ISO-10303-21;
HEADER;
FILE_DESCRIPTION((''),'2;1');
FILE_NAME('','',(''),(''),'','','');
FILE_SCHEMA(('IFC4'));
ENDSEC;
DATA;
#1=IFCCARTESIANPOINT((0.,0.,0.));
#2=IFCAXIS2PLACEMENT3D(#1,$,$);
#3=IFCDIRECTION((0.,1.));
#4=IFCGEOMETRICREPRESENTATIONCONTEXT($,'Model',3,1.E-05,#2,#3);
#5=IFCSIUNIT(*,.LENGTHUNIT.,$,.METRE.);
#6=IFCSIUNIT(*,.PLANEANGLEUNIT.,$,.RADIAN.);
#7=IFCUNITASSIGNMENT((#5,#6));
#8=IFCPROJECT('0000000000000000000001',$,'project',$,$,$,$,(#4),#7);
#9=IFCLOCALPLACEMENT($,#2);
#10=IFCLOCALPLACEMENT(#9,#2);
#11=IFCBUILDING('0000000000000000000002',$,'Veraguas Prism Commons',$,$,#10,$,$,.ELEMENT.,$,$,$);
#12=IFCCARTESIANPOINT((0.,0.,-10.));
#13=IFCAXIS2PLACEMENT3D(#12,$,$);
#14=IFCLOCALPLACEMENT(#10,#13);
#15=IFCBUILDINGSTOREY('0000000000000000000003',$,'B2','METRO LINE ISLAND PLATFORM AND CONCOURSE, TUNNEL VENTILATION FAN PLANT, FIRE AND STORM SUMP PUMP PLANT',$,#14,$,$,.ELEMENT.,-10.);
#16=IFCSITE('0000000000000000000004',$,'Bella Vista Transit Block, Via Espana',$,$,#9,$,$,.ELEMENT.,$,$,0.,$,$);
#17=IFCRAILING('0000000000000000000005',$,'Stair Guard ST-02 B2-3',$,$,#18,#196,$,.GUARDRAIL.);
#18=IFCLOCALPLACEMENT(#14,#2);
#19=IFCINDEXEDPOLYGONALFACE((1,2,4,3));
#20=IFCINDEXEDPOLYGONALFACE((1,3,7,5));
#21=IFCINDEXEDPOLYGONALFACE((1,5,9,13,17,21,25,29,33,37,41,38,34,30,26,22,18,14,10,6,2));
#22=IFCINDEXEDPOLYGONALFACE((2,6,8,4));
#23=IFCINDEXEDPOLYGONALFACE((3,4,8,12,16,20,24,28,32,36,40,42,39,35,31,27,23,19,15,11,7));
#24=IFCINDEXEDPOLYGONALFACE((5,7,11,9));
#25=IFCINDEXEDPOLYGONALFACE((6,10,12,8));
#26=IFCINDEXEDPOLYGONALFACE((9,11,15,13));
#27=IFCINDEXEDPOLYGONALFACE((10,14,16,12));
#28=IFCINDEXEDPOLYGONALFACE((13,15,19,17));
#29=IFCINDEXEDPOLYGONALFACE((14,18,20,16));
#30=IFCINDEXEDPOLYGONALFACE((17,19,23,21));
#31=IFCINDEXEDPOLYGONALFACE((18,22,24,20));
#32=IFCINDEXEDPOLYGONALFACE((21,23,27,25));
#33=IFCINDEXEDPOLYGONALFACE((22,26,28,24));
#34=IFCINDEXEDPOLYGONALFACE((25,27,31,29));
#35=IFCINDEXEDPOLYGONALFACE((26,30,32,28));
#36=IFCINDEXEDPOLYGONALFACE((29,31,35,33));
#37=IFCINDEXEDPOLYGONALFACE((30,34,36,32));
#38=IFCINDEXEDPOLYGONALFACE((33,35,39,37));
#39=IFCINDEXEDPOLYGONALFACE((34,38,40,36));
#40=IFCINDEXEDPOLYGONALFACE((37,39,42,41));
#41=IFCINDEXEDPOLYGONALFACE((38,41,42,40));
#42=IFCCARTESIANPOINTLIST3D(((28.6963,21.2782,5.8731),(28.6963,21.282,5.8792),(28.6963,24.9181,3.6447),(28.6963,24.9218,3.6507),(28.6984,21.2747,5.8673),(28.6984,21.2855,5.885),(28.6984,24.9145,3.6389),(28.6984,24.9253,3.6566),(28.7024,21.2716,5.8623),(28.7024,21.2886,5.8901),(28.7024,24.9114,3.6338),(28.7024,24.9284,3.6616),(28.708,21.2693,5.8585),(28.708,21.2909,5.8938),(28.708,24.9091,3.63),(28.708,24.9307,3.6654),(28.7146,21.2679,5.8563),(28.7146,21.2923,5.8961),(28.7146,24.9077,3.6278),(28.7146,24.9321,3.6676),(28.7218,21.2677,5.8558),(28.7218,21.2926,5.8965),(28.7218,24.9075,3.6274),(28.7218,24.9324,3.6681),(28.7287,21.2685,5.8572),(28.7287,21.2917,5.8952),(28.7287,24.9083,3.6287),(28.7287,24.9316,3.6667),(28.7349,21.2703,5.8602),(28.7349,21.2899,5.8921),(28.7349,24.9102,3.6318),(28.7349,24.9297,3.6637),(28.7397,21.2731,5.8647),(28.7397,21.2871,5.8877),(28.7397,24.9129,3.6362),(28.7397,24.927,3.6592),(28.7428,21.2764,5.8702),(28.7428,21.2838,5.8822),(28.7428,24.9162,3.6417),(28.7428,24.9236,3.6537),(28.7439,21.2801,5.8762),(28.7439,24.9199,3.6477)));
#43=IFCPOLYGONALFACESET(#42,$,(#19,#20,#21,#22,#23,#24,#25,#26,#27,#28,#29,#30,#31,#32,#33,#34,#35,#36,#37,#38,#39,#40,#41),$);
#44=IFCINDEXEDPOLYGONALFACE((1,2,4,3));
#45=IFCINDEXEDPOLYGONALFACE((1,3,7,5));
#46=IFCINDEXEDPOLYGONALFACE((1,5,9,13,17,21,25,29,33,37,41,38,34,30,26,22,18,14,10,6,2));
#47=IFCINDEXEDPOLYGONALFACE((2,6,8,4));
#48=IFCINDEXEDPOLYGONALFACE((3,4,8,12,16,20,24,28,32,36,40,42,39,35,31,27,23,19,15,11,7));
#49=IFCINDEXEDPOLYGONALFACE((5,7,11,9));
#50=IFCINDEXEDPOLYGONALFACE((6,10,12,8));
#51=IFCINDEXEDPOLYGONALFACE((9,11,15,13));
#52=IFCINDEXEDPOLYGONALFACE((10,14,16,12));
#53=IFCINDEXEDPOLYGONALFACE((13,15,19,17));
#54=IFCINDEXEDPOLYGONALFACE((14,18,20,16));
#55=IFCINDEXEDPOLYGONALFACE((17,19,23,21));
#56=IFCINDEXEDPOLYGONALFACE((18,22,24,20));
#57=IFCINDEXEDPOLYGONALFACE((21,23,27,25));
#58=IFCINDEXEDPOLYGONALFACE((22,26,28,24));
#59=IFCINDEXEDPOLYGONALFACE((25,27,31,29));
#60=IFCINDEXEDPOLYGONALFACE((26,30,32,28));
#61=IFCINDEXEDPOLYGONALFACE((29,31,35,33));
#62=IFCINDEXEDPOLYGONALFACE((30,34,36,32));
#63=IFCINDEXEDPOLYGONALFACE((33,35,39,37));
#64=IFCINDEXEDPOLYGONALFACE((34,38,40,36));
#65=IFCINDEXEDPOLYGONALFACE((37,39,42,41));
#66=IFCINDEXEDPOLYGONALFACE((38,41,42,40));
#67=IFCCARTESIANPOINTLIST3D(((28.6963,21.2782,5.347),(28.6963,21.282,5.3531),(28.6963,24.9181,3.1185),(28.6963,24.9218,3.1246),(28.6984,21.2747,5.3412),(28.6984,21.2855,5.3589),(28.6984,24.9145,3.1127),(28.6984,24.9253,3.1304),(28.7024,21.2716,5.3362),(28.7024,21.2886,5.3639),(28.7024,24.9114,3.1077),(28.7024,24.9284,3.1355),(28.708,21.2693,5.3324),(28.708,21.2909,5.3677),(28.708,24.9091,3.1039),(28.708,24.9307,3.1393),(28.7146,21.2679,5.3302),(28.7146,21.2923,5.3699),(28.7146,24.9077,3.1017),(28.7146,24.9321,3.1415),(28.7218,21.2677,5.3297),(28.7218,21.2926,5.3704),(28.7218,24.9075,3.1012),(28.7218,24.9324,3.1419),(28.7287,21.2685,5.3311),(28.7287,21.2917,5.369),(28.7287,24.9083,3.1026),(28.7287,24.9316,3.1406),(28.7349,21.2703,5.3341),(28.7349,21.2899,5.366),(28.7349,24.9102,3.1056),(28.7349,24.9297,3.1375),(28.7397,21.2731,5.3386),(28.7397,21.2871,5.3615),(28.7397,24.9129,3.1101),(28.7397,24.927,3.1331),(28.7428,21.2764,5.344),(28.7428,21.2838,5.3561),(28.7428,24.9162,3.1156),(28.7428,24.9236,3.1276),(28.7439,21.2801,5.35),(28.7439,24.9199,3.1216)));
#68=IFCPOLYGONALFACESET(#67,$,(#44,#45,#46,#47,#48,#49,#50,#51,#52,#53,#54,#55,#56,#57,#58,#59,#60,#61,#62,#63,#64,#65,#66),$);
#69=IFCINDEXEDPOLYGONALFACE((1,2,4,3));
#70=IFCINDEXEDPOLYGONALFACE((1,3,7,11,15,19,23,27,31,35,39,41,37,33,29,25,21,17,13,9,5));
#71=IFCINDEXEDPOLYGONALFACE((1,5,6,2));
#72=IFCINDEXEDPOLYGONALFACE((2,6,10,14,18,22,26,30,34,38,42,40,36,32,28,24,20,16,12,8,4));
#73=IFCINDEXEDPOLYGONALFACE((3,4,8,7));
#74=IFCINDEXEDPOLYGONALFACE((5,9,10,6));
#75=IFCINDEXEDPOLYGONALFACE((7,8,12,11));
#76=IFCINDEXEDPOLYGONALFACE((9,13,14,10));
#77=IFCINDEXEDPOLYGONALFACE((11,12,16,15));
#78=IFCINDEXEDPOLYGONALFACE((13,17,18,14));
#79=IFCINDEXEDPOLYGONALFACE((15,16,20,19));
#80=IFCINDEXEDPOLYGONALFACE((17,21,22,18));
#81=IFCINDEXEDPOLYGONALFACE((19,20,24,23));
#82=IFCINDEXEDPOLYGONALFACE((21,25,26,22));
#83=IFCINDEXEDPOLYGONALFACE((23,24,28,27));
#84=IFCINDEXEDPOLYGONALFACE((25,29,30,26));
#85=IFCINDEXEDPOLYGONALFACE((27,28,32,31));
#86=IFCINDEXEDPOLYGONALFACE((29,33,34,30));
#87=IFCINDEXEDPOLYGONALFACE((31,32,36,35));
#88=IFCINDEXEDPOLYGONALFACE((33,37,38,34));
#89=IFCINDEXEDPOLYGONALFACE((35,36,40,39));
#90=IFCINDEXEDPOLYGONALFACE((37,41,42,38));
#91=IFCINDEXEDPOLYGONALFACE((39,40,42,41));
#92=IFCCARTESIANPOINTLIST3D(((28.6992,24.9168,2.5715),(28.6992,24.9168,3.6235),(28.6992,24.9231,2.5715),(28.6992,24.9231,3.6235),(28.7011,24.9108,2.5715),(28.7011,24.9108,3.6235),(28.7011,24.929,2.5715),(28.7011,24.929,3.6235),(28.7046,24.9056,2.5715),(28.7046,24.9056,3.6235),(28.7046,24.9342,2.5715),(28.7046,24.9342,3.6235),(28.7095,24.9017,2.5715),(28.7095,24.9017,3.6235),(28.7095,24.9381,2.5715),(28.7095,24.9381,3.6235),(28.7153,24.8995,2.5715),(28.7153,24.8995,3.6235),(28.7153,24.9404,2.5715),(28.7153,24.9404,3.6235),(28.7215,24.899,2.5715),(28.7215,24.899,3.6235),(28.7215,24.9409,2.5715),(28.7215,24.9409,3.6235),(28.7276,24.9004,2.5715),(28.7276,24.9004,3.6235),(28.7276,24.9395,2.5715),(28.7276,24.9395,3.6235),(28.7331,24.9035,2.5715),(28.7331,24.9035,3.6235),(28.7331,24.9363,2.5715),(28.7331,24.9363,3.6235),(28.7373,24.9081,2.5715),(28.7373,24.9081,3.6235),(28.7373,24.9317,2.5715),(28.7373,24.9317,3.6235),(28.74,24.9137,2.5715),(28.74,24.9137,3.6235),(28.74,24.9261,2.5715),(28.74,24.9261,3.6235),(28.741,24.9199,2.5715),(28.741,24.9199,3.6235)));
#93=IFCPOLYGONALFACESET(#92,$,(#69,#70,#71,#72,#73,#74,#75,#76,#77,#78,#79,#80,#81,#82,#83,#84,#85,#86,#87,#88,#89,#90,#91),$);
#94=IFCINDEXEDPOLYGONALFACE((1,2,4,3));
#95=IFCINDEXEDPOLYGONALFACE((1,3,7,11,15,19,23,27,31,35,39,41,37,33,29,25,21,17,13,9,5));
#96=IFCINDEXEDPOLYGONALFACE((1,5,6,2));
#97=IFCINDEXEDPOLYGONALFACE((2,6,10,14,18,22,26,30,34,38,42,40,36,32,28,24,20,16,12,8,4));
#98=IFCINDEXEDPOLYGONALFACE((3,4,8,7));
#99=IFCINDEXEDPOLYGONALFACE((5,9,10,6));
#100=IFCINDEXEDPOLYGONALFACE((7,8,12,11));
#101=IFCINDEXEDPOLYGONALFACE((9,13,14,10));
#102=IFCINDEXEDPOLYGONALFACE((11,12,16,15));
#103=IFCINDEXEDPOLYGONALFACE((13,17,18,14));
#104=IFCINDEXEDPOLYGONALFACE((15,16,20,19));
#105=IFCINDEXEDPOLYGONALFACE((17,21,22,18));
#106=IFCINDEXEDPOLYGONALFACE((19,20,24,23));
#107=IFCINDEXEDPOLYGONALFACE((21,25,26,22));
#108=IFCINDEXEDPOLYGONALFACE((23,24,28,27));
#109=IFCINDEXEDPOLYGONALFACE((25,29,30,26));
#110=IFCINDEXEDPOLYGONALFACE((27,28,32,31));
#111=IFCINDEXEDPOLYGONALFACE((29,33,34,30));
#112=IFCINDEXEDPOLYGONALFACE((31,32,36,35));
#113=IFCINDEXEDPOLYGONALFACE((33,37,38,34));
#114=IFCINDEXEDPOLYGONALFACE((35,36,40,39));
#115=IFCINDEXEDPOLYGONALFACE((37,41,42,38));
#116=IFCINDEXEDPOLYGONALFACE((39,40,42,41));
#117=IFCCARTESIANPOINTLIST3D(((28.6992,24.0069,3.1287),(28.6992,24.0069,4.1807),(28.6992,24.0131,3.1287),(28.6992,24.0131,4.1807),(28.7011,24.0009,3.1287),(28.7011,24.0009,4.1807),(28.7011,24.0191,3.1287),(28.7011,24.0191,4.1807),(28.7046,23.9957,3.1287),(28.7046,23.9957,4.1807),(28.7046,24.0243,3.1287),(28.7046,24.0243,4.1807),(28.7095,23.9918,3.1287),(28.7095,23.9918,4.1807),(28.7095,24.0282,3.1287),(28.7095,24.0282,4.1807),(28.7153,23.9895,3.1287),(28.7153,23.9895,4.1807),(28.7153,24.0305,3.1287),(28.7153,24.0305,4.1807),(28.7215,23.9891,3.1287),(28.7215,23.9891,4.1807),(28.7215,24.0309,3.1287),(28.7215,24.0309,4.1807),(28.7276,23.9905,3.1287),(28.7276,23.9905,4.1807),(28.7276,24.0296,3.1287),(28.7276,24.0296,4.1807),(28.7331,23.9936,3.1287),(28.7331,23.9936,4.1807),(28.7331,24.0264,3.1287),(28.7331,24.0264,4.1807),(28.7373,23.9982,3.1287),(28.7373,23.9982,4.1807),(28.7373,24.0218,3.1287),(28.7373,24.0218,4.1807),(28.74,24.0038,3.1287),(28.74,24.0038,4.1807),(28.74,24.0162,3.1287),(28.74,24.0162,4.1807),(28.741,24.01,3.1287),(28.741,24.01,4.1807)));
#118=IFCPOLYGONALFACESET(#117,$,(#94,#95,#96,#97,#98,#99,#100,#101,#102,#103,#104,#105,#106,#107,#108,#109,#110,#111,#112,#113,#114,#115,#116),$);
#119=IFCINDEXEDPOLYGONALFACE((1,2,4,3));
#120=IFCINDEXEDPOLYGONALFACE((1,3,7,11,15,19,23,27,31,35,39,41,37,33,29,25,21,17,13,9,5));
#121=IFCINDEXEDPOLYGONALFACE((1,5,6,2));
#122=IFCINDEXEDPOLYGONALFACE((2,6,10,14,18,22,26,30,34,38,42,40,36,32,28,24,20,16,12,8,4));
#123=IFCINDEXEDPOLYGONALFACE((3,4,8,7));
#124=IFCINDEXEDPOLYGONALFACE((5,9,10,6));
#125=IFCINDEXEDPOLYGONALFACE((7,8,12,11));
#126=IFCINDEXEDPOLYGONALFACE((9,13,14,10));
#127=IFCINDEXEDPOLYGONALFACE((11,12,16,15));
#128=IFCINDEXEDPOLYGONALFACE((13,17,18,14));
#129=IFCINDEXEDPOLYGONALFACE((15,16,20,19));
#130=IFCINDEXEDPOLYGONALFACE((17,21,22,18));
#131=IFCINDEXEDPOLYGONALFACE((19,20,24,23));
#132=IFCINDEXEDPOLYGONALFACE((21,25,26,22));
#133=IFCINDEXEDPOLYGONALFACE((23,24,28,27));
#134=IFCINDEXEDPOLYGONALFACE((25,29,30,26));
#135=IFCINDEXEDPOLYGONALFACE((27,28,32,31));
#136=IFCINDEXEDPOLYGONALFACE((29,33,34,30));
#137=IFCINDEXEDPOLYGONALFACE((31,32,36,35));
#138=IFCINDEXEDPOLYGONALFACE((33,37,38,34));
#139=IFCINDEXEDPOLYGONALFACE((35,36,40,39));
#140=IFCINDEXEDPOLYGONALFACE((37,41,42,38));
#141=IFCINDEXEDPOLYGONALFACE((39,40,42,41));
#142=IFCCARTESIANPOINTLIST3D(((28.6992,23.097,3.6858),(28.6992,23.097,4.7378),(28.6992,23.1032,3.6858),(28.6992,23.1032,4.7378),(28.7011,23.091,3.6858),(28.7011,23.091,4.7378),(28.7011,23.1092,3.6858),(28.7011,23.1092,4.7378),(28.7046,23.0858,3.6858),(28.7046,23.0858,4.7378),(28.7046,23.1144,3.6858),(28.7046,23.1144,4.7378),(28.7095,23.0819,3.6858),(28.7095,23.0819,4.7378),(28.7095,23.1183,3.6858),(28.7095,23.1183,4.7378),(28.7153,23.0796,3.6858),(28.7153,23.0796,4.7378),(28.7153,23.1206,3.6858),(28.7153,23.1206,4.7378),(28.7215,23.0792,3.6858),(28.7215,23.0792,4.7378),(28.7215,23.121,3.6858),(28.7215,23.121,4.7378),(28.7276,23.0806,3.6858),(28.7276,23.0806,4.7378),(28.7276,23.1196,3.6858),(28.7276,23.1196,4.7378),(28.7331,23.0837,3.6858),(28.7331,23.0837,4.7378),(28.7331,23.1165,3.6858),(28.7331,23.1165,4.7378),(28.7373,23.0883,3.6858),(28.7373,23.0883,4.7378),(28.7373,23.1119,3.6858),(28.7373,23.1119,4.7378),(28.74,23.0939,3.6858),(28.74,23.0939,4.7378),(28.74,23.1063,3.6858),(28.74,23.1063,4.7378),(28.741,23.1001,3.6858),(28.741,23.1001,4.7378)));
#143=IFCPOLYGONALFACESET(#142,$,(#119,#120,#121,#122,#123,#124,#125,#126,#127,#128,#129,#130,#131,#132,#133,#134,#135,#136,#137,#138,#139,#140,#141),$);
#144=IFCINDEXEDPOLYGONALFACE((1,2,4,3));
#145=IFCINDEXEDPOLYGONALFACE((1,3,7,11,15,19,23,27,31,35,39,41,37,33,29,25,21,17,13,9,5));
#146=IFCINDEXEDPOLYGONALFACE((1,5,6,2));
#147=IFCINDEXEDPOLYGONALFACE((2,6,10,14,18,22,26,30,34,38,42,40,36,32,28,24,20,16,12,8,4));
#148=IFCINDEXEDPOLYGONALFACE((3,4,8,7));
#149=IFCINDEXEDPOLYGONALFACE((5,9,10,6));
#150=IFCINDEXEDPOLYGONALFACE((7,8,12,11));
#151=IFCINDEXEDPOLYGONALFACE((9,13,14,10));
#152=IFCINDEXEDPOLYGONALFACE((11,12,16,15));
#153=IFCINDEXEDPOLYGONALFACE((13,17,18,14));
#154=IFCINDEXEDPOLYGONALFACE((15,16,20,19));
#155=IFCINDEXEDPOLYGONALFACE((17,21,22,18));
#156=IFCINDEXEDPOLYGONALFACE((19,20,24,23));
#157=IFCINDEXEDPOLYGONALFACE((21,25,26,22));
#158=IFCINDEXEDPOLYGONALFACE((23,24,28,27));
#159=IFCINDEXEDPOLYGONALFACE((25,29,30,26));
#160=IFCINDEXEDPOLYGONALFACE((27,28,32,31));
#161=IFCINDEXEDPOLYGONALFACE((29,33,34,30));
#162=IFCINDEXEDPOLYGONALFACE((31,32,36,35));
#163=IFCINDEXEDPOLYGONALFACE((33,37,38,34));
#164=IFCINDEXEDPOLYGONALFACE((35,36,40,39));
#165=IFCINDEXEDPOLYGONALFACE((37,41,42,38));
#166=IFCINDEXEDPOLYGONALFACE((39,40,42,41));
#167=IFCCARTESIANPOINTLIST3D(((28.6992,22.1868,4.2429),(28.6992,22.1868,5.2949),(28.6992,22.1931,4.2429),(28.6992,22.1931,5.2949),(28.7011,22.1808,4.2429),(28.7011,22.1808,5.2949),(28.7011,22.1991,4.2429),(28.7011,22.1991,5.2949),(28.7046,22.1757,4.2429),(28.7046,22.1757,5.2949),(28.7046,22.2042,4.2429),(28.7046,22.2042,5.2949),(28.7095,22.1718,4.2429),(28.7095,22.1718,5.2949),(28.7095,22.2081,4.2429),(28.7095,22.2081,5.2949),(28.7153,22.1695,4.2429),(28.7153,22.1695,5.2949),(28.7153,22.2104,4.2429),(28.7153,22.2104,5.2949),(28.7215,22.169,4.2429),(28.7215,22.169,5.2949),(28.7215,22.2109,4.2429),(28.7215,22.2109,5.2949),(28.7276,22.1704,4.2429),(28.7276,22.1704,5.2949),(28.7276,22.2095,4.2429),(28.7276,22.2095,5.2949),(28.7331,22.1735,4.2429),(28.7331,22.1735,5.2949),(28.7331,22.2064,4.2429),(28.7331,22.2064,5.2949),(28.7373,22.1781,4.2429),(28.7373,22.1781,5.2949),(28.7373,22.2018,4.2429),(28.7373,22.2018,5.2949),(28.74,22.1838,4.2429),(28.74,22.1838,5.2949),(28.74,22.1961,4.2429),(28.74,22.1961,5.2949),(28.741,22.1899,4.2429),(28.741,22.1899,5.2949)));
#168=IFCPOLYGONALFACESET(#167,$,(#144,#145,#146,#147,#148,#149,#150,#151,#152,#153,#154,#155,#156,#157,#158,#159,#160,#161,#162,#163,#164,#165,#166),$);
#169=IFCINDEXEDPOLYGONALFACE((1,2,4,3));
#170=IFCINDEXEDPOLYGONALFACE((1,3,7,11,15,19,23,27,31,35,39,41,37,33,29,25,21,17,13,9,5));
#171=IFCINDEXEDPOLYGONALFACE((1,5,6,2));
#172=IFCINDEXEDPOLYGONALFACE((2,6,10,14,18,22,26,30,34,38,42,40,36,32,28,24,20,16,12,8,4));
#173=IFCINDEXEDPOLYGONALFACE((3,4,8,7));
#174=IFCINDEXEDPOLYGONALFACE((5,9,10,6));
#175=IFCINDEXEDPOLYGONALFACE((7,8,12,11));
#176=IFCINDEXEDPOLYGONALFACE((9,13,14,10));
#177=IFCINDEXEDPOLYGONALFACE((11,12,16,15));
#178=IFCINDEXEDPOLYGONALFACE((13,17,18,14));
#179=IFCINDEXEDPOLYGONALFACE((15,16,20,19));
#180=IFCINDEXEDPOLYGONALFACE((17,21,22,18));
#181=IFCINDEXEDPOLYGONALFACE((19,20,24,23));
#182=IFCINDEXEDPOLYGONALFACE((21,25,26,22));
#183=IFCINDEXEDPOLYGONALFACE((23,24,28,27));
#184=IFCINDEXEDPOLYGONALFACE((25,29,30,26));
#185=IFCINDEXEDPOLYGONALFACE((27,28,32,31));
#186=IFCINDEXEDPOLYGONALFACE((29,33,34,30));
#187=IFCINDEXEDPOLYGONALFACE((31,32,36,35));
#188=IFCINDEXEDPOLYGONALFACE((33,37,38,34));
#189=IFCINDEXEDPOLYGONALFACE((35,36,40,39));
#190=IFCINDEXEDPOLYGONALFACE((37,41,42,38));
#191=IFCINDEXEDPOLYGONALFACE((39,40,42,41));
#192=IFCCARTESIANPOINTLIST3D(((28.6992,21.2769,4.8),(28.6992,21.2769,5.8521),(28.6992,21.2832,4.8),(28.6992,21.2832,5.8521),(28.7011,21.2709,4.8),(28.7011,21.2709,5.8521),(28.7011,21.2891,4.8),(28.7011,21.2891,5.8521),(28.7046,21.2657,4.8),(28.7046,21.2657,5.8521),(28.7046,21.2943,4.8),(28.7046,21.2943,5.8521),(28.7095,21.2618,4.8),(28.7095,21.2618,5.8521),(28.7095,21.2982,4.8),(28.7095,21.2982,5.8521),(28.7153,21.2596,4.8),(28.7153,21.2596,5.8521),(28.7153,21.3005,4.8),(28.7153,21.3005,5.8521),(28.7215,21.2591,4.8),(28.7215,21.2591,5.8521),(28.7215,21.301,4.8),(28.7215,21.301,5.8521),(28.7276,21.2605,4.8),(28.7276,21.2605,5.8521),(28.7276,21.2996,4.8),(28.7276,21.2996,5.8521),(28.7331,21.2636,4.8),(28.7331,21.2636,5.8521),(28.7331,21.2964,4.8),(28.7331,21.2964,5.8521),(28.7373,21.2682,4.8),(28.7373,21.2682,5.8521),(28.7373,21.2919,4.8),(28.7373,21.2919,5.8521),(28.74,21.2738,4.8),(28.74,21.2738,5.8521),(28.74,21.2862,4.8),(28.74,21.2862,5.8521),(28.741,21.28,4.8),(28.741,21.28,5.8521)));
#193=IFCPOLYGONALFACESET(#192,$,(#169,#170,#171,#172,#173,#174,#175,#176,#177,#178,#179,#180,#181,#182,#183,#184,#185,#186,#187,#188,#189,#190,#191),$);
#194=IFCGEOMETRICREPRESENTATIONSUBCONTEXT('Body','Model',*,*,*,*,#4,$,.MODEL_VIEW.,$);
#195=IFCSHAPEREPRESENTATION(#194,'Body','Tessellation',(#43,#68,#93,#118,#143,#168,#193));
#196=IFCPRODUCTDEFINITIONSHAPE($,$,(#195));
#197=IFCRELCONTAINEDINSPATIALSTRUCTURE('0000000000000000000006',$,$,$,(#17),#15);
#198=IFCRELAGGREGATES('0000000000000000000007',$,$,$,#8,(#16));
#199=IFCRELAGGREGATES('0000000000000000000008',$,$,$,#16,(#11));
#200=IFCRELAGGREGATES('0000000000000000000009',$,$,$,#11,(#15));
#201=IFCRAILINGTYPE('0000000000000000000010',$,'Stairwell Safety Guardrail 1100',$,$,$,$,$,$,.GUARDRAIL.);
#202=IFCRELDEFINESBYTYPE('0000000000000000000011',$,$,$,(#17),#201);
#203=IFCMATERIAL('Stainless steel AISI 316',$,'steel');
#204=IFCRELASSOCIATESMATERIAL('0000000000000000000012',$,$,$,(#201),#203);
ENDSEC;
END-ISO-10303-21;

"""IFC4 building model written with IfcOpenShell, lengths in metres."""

from ifc_helpers import new_model, si_unit, direction, frame, origin, origin_2d, place, context, subcontext, project, spatial, circle, extrude, material, type_object, element, save


model = new_model("IFC4")

# Units and contexts
model_context = context("Model", 3, precision=1e-05, world=origin(), true_north=direction((0.0, 1.0)))
body_context = subcontext(model_context, "Body", "Model", "MODEL_VIEW")
ifc_project = project(units=[si_unit("LENGTHUNIT", "METRE"), si_unit("PLANEANGLEUNIT", "RADIAN")], contexts=[model_context])

# Site, building, storey
site_placement = place(None, origin())
site = spatial("IfcSite", under=ifc_project, at=site_placement, Name="Bella Vista Transit Block, Via Espana", CompositionType="ELEMENT", RefElevation=0.0)
building_placement = place(site_placement, origin())
building = spatial("IfcBuilding", under=site, at=building_placement, Name="Veraguas Prism Commons", CompositionType="ELEMENT")
storey_placement = place(building_placement, frame((0.0, 0.0, -10.0)))
storey = spatial("IfcBuildingStorey", under=building, at=storey_placement, Name="B2", Description="METRO LINE ISLAND PLATFORM AND CONCOURSE, TUNNEL VENTILATION FAN PLANT, FIRE AND STORM SUMP PUMP PLANT", CompositionType="ELEMENT", Elevation=-10.0)

# Railing
ifc_material_1 = material(Name="Stainless steel AISI 316", Category="steel")
railing_type_1 = type_object("IfcRailingType", Name="Stairwell Safety Guardrail 1100", PredefinedType="GUARDRAIL", material=ifc_material_1)
railing_1_placement = place(storey_placement, frame((28.72, 24.9199, 2.5715)))
element("IfcRailing", 1, at=railing_1_placement, inside=storey, type_object=railing_type_1, Name="Stair Guard ST-02 B2-3", PredefinedType="GUARDRAIL", context=body_context, shape_type="SweptSolid", body=[
    extrude(circle(Radius=0.0239, at=origin_2d()), frame((0.0, 0.0, 1.0762), z_axis=(0.0, -0.85285, 0.522156), x_axis=(1.0, 0.0, 0.0)), (0.0, 0.0, 1.0), 4.2678),
    extrude(circle(Radius=0.0239, at=origin_2d()), frame((0.0, 0.0, 0.55), z_axis=(0.0, -0.85285, 0.522156), x_axis=(1.0, 0.0, 0.0)), (0.0, 0.0, 1.0), 4.2678),
    extrude(circle(Radius=0.021, at=origin_2d()), origin(), (0.0, 0.0, 1.0), 1.052),
    extrude(circle(Radius=0.021, at=origin_2d()), frame((0.0, -0.9099, 0.5571)), (0.0, 0.0, 1.0), 1.052),
    extrude(circle(Radius=0.021, at=origin_2d()), frame((0.0, -1.8198, 1.1143)), (0.0, 0.0, 1.0), 1.052),
    extrude(circle(Radius=0.021, at=origin_2d()), frame((0.0, -2.73, 1.6714)), (0.0, 0.0, 1.0), 1.052),
    extrude(circle(Radius=0.021, at=origin_2d()), frame((0.0, -3.6399, 2.2285)), (0.0, 0.0, 1.0), 1.052),
])

save(model, "model.ifc")
